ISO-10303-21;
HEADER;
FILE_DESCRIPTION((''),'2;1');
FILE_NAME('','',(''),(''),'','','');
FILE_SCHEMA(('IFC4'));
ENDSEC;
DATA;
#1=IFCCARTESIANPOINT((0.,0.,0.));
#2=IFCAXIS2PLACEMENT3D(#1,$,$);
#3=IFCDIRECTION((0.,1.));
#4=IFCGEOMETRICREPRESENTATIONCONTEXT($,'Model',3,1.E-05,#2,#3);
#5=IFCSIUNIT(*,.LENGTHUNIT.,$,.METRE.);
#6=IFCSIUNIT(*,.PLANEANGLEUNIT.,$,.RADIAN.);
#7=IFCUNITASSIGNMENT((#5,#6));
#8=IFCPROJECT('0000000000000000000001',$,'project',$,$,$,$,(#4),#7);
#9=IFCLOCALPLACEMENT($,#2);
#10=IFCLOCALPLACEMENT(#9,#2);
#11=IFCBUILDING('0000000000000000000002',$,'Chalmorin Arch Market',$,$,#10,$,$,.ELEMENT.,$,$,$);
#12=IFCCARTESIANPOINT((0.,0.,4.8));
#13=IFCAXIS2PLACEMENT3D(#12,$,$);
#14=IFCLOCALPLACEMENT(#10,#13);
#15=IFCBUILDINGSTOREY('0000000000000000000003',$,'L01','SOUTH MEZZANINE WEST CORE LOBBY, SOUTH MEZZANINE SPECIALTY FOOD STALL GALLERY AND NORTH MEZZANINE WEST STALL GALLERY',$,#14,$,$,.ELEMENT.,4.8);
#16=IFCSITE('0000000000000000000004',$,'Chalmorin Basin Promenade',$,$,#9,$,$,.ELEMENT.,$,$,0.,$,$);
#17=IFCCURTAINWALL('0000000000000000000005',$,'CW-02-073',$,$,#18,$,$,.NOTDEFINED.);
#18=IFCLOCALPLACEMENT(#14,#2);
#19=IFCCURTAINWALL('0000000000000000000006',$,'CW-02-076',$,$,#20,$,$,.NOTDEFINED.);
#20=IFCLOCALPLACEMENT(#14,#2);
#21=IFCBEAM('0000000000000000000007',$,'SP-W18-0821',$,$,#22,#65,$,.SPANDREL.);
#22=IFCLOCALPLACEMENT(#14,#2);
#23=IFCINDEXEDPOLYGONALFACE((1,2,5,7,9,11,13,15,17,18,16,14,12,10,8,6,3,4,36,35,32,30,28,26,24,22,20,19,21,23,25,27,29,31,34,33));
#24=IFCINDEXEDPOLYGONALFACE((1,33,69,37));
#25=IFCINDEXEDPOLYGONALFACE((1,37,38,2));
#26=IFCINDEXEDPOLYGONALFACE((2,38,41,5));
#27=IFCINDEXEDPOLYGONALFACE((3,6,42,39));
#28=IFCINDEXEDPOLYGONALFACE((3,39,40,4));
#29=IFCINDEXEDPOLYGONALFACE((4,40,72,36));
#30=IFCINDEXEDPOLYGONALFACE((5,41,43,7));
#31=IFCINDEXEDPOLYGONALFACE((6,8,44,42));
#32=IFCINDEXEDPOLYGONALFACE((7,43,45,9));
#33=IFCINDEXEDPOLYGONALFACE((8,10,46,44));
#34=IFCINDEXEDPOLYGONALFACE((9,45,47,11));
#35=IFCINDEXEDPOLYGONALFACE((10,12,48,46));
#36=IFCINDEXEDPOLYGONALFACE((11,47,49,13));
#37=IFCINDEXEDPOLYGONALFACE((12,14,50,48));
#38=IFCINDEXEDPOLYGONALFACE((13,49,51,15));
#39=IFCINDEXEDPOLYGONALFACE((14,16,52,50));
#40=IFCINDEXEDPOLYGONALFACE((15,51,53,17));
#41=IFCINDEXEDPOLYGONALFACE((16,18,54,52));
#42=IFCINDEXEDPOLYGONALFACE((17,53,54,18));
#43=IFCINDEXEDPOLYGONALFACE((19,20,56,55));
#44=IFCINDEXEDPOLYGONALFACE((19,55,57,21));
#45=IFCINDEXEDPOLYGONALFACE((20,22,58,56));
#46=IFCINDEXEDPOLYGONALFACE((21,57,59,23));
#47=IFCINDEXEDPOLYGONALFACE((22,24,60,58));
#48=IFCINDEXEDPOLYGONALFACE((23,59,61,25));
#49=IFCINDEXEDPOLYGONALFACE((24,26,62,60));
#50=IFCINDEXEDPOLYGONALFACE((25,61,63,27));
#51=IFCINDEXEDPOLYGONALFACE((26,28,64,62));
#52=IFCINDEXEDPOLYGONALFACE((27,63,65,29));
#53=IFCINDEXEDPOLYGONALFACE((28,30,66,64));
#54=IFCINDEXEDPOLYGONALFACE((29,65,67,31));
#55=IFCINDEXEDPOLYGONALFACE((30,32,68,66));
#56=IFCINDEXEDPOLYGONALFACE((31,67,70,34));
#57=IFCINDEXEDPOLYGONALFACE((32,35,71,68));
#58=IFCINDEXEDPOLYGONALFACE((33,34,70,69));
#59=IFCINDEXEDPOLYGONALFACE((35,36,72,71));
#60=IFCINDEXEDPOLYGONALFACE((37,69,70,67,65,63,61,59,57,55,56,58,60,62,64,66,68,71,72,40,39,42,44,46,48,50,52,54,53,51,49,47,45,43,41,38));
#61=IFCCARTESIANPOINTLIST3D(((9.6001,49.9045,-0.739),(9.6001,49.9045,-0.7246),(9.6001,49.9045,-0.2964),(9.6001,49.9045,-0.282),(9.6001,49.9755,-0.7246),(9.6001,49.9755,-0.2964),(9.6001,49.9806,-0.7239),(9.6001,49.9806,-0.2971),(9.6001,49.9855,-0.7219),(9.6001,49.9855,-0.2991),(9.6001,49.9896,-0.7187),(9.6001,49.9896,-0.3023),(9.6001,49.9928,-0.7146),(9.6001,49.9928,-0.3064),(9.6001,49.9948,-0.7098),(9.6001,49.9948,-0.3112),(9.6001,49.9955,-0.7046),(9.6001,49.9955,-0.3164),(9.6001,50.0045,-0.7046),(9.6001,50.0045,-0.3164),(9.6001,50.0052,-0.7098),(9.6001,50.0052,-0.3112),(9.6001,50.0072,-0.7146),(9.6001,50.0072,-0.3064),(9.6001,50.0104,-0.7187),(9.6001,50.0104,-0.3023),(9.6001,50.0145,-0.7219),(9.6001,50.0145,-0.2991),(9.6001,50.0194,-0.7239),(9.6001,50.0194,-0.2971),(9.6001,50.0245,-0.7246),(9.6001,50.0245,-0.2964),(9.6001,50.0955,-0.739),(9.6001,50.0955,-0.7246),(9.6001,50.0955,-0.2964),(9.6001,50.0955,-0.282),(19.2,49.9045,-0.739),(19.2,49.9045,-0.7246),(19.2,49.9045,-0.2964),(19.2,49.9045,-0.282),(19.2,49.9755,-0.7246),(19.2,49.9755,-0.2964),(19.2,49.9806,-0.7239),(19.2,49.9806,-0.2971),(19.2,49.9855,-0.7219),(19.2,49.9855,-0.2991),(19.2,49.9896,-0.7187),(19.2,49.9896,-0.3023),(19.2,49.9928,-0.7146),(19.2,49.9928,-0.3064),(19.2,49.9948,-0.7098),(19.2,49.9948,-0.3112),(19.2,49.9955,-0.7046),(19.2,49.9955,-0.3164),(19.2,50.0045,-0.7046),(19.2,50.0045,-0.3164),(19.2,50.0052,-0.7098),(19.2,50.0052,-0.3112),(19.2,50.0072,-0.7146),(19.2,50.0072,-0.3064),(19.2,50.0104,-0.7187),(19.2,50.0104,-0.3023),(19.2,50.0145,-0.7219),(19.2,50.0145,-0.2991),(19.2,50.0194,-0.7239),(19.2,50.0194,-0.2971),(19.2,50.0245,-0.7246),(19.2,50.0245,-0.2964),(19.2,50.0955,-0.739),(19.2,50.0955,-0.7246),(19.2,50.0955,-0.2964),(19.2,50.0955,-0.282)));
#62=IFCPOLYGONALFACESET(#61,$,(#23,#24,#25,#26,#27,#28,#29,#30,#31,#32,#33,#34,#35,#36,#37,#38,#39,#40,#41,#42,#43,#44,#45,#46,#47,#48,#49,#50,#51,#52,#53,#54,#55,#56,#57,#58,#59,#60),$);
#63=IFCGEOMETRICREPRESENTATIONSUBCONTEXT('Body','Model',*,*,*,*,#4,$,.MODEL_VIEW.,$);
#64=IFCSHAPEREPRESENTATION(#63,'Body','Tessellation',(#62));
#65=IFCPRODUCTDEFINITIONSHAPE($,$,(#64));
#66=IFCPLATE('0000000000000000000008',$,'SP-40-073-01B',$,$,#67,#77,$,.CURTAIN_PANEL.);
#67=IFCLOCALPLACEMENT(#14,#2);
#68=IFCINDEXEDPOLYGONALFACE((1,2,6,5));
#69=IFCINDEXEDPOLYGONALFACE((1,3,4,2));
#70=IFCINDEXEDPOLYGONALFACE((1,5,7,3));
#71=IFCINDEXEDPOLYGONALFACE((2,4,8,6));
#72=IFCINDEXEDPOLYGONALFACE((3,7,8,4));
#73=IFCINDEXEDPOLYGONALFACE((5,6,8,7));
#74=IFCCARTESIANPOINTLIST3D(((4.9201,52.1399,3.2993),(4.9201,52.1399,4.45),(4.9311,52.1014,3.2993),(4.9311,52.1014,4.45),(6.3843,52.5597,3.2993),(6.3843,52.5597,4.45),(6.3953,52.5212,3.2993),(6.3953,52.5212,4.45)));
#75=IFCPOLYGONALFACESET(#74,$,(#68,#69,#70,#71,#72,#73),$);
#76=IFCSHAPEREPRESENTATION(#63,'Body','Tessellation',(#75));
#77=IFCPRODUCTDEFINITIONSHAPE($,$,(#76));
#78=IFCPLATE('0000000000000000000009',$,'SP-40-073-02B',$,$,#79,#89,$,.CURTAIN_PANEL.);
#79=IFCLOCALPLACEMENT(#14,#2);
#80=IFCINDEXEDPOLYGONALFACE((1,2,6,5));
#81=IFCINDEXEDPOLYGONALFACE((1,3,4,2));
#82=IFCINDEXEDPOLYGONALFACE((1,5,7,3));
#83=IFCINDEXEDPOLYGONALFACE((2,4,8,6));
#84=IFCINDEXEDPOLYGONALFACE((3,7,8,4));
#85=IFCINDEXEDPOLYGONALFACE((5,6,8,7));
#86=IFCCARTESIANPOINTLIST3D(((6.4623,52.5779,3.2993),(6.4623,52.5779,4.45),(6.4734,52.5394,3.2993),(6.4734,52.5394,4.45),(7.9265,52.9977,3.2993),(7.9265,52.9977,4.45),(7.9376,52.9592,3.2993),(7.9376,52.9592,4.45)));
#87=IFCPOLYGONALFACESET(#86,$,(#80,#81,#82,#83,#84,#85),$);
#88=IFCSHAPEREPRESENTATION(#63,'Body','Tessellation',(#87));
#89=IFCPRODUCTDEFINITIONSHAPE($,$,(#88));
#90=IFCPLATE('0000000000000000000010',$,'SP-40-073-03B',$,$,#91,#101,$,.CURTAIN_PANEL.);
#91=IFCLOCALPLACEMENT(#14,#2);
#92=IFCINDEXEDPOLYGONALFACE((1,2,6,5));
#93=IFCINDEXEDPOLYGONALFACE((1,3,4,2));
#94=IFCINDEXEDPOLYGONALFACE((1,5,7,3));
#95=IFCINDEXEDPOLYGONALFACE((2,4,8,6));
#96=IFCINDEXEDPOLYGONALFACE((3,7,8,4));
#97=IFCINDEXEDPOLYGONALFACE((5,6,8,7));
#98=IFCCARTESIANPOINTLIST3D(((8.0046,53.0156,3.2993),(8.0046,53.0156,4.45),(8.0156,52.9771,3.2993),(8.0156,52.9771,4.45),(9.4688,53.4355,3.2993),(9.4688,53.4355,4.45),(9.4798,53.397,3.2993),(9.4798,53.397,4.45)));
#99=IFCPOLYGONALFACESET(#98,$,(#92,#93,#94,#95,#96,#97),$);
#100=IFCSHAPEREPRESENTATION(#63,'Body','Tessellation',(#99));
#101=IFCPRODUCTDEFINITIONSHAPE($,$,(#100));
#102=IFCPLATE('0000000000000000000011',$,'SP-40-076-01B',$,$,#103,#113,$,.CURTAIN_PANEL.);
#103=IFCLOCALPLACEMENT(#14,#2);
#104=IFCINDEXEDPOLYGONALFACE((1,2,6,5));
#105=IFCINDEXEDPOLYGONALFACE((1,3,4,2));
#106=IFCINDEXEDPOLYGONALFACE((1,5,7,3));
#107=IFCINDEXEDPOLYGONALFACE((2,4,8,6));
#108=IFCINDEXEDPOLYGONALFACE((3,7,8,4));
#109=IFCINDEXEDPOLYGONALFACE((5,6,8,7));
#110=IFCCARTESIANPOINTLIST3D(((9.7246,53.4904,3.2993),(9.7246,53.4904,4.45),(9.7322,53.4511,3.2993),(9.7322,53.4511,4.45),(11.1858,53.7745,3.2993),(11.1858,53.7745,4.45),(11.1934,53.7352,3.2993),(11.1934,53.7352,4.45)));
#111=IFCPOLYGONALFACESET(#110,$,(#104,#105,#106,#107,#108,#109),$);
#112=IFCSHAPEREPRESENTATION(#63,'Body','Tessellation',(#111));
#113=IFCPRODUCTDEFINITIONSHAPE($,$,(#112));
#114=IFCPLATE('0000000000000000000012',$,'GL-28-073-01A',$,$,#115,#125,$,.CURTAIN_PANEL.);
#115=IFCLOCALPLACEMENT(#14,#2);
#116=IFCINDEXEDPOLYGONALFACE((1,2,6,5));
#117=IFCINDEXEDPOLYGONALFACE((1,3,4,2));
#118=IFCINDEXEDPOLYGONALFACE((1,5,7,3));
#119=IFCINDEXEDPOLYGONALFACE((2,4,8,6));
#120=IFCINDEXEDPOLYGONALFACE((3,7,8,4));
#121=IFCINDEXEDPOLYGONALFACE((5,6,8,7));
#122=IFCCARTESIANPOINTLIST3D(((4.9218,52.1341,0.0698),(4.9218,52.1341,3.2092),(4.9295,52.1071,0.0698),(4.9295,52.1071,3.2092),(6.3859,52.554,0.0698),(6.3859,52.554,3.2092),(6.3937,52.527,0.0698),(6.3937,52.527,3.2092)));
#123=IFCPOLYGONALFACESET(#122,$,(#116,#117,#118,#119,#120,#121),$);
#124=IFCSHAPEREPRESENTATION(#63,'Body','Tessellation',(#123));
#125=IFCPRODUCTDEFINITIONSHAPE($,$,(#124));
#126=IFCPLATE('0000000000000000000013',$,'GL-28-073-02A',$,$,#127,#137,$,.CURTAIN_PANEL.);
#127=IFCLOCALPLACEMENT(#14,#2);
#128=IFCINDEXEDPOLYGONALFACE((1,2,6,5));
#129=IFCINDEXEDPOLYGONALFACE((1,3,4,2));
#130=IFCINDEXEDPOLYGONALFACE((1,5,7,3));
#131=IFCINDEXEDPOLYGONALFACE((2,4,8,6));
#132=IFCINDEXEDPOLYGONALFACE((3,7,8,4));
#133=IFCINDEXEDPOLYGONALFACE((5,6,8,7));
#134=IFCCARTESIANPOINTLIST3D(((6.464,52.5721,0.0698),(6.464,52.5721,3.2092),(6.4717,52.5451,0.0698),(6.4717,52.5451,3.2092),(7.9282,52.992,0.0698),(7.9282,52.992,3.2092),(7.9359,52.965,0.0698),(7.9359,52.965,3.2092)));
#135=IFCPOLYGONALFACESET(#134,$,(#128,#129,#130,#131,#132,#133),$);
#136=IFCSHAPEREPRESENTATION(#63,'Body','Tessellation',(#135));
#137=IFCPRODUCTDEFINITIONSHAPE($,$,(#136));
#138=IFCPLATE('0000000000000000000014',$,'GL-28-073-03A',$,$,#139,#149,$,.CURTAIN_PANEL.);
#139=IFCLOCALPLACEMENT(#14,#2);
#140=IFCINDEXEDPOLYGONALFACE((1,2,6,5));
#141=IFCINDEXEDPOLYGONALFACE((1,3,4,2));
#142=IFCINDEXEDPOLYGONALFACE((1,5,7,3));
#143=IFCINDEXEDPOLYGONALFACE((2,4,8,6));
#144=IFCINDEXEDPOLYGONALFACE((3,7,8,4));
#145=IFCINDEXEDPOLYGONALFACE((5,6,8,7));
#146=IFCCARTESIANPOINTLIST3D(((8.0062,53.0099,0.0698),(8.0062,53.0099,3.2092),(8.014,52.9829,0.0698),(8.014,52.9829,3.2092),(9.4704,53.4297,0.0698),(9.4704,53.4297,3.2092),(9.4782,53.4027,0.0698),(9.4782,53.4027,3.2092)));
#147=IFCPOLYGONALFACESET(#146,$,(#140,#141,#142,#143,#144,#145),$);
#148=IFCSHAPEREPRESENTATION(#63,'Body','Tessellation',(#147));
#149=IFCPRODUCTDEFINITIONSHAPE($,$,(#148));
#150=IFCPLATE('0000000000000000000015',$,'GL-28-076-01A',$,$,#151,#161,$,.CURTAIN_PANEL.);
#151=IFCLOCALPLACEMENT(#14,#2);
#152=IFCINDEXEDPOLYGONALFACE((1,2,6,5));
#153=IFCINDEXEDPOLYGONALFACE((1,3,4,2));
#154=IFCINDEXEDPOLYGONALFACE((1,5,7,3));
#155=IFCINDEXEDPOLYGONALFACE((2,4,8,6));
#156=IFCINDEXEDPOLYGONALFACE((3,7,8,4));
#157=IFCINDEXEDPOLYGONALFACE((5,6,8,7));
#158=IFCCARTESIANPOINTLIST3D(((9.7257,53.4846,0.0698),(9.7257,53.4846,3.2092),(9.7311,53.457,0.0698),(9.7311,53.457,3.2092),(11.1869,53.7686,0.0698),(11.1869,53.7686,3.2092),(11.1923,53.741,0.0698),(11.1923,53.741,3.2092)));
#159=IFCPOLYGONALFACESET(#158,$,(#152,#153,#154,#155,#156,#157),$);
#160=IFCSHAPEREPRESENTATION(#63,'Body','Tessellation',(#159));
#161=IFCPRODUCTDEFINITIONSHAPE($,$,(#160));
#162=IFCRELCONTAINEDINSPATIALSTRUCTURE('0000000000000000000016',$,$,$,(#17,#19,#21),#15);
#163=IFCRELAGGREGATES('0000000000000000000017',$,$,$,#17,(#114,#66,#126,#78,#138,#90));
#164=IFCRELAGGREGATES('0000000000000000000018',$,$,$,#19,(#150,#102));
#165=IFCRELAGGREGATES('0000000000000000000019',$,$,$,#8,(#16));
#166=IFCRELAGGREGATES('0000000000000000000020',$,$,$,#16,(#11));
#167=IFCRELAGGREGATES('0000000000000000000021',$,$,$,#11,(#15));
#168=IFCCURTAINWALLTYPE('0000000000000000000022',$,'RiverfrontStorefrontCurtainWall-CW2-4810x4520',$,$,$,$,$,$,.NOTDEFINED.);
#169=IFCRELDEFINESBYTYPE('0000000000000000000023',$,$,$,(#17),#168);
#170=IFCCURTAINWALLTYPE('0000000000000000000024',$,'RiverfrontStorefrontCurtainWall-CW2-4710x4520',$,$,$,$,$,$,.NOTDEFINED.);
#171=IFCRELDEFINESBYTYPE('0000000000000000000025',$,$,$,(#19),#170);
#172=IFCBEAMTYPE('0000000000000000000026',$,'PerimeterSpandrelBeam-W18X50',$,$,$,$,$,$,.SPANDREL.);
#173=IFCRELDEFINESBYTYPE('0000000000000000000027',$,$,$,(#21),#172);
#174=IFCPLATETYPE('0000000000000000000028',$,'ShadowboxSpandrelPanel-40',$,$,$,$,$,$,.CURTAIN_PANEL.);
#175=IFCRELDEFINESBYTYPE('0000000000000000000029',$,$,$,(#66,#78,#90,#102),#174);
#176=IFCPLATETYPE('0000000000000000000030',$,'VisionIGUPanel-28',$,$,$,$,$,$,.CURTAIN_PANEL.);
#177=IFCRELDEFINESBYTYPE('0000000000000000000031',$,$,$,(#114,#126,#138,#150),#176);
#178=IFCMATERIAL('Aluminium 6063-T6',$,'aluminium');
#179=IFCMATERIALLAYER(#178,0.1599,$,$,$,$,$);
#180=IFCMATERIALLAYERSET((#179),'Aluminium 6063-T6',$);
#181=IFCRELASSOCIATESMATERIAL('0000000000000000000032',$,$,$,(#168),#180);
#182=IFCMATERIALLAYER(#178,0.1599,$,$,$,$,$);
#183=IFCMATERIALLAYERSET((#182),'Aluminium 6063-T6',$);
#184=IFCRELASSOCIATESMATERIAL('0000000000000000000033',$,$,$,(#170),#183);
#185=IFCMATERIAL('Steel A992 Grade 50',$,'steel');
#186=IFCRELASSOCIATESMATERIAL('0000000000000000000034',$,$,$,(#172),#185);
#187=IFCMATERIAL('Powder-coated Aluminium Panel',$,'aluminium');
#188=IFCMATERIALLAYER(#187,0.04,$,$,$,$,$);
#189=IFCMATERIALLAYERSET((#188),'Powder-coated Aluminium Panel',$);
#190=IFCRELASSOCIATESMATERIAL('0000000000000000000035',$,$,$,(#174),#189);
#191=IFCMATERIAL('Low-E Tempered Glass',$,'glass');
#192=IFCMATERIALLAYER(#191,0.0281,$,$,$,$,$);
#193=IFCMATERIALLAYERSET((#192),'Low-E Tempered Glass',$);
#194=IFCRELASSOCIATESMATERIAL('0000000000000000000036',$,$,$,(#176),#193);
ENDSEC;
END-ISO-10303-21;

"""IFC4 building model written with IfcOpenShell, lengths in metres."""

from ifc_helpers import new_model, si_unit, direction, frame, origin, origin_2d, place, context, subcontext, project, spatial, rectangle, i_section, extrude, material, layer, layer_set, material_profile, profile_set, type_object, element, aggregate, save


model = new_model("IFC4")

# Units and contexts
model_context = context("Model", 3, precision=1e-05, world=origin(), true_north=direction((0.0, 1.0)))
body_context = subcontext(model_context, "Body", "Model", "MODEL_VIEW")
ifc_project = project(units=[si_unit("LENGTHUNIT", "METRE"), si_unit("PLANEANGLEUNIT", "RADIAN")], contexts=[model_context])

# Site, building, storey
site_placement = place(None, origin())
site = spatial("IfcSite", under=ifc_project, at=site_placement, Name="Chalmorin Basin Promenade", CompositionType="ELEMENT", RefElevation=0.0)
building_placement = place(site_placement, origin())
building = spatial("IfcBuilding", under=site, at=building_placement, Name="Chalmorin Arch Market", CompositionType="ELEMENT")
storey_placement = place(building_placement, frame((0.0, 0.0, 4.8)))
storey = spatial("IfcBuildingStorey", under=building, at=storey_placement, Name="L01", Description="SOUTH MEZZANINE WEST CORE LOBBY, SOUTH MEZZANINE SPECIALTY FOOD STALL GALLERY AND NORTH MEZZANINE WEST STALL GALLERY", CompositionType="ELEMENT", Elevation=4.8)

# Curtain walls
ifc_material_1 = material(Name="Aluminium 6063-T6", Category="aluminium")
ifc_layer_1 = layer(ifc_material_1, 0.1599)
ifc_layer_set_1 = layer_set([ifc_layer_1], Name="Aluminium 6063-T6")
curtain_wall_type_1 = type_object("IfcCurtainWallType", Name="RiverfrontStorefrontCurtainWall-CW2-4810x4520", PredefinedType="NOTDEFINED", material=ifc_layer_set_1)
curtain_wall_1_placement = place(storey_placement, origin())
curtain_wall_1 = element("IfcCurtainWall", 1, at=curtain_wall_1_placement, inside=storey, type_object=curtain_wall_type_1, Name="CW-02-073", PredefinedType="NOTDEFINED")
ifc_layer_2 = layer(ifc_material_1, 0.1599)
ifc_layer_set_2 = layer_set([ifc_layer_2], Name="Aluminium 6063-T6")
curtain_wall_type_2 = type_object("IfcCurtainWallType", Name="RiverfrontStorefrontCurtainWall-CW2-4710x4520", PredefinedType="NOTDEFINED", material=ifc_layer_set_2)
curtain_wall_2_placement = place(storey_placement, origin())
curtain_wall_2 = element("IfcCurtainWall", 2, at=curtain_wall_2_placement, inside=storey, type_object=curtain_wall_type_2, Name="CW-02-076", PredefinedType="NOTDEFINED")

# Beam
ifc_material_2 = material(Name="Steel A992 Grade 50", Category="steel")
ifc_material_profile_1 = material_profile(ifc_material_2, i_section(OverallWidth=0.1909, OverallDepth=0.457, WebThickness=0.009, FlangeThickness=0.0144, FilletRadius=0.02, at=origin_2d()), Name="W18X50")
ifc_profile_set_1 = profile_set([ifc_material_profile_1], Name="Steel A992 Grade 50")
beam_type = type_object("IfcBeamType", Name="PerimeterSpandrelBeam-W18X50", PredefinedType="SPANDREL", material=ifc_profile_set_1)
beam_placement = place(storey_placement, frame((9.6001, 50.0, -0.5105), z_axis=(1.0, 0.0, 0.0), x_axis=(0.0, 1.0, 0.0)))
element("IfcBeam", 3, at=beam_placement, inside=storey, type_object=beam_type, Name="SP-W18-0821", PredefinedType="SPANDREL", context=body_context, shape_type="SweptSolid", body=[
    extrude(i_section(OverallWidth=0.1909, OverallDepth=0.457, WebThickness=0.009, FlangeThickness=0.0144, FilletRadius=0.02, at=origin_2d()), origin(), (0.0, 0.0, 1.0), 9.5999),
])

# Plates
ifc_material_3 = material(Name="Powder-coated Aluminium Panel", Category="aluminium")
ifc_layer_3 = layer(ifc_material_3, 0.04)
ifc_layer_set_3 = layer_set([ifc_layer_3], Name="Powder-coated Aluminium Panel")
plate_type_1 = type_object("IfcPlateType", Name="ShadowboxSpandrelPanel-40", PredefinedType="CURTAIN_PANEL", material=ifc_layer_set_3)
plate_1_placement = place(storey_placement, frame((5.6577, 52.3306, 3.2993), z_axis=(0.0, 0.0, 1.0), x_axis=(0.961262, 0.275637, 0.0)))
plate_1 = element("IfcPlate", 4, at=plate_1_placement, type_object=plate_type_1, Name="SP-40-073-01B", PredefinedType="CURTAIN_PANEL", context=body_context, shape_type="SweptSolid", body=[
    extrude(rectangle(XDim=1.5232, YDim=0.04, at=origin_2d()), origin(), (0.0, 0.0, 1.0), 1.1506),
])
plate_2_placement = place(storey_placement, frame((7.2, 52.7686, 3.2993), z_axis=(0.0, 0.0, 1.0), x_axis=(0.961262, 0.275637, 0.0)))
plate_2 = element("IfcPlate", 5, at=plate_2_placement, type_object=plate_type_1, Name="SP-40-073-02B", PredefinedType="CURTAIN_PANEL", context=body_context, shape_type="SweptSolid", body=[
    extrude(rectangle(XDim=1.5232, YDim=0.04, at=origin_2d()), origin(), (0.0, 0.0, 1.0), 1.1506),
])
plate_3_placement = place(storey_placement, frame((8.7422, 53.2063, 3.2993), z_axis=(0.0, 0.0, 1.0), x_axis=(0.961262, 0.275637, 0.0)))
plate_3 = element("IfcPlate", 6, at=plate_3_placement, type_object=plate_type_1, Name="SP-40-073-03B", PredefinedType="CURTAIN_PANEL", context=body_context, shape_type="SweptSolid", body=[
    extrude(rectangle(XDim=1.5232, YDim=0.04, at=origin_2d()), origin(), (0.0, 0.0, 1.0), 1.1506),
])
plate_4_placement = place(storey_placement, frame((10.459, 53.6128, 3.2993), z_axis=(0.0, 0.0, 1.0), x_axis=(0.981627, 0.190809, 0.0)))
plate_4 = element("IfcPlate", 7, at=plate_4_placement, type_object=plate_type_1, Name="SP-40-076-01B", PredefinedType="CURTAIN_PANEL", context=body_context, shape_type="SweptSolid", body=[
    extrude(rectangle(XDim=1.4885, YDim=0.04, at=origin_2d()), origin(), (0.0, 0.0, 1.0), 1.1506),
])
ifc_material_4 = material(Name="Low-E Tempered Glass", Category="glass")
ifc_layer_4 = layer(ifc_material_4, 0.0281)
ifc_layer_set_4 = layer_set([ifc_layer_4], Name="Low-E Tempered Glass")
plate_type_2 = type_object("IfcPlateType", Name="VisionIGUPanel-28", PredefinedType="CURTAIN_PANEL", material=ifc_layer_set_4)
plate_5_placement = place(storey_placement, frame((5.6577, 52.3306, 0.0698), z_axis=(0.0, 0.0, 1.0), x_axis=(0.961262, 0.275637, 0.0)))
plate_5 = element("IfcPlate", 8, at=plate_5_placement, type_object=plate_type_2, Name="GL-28-073-01A", PredefinedType="CURTAIN_PANEL", context=body_context, shape_type="SweptSolid", body=[
    extrude(rectangle(XDim=1.5232, YDim=0.0281, at=origin_2d()), origin(), (0.0, 0.0, 1.0), 3.1394),
])
plate_6_placement = place(storey_placement, frame((7.2, 52.7686, 0.0698), z_axis=(0.0, 0.0, 1.0), x_axis=(0.961262, 0.275637, 0.0)))
plate_6 = element("IfcPlate", 9, at=plate_6_placement, type_object=plate_type_2, Name="GL-28-073-02A", PredefinedType="CURTAIN_PANEL", context=body_context, shape_type="SweptSolid", body=[
    extrude(rectangle(XDim=1.5232, YDim=0.0281, at=origin_2d()), origin(), (0.0, 0.0, 1.0), 3.1394),
])
plate_7_placement = place(storey_placement, frame((8.7422, 53.2063, 0.0698), z_axis=(0.0, 0.0, 1.0), x_axis=(0.961262, 0.275637, 0.0)))
plate_7 = element("IfcPlate", 10, at=plate_7_placement, type_object=plate_type_2, Name="GL-28-073-03A", PredefinedType="CURTAIN_PANEL", context=body_context, shape_type="SweptSolid", body=[
    extrude(rectangle(XDim=1.5232, YDim=0.0281, at=origin_2d()), origin(), (0.0, 0.0, 1.0), 3.1394),
])
aggregate(curtain_wall_1, [plate_5, plate_1, plate_6, plate_2, plate_7, plate_3])
plate_8_placement = place(storey_placement, frame((10.459, 53.6128, 0.0698), z_axis=(0.0, 0.0, 1.0), x_axis=(0.981627, 0.190809, 0.0)))
plate_8 = element("IfcPlate", 11, at=plate_8_placement, type_object=plate_type_2, Name="GL-28-076-01A", PredefinedType="CURTAIN_PANEL", context=body_context, shape_type="SweptSolid", body=[
    extrude(rectangle(XDim=1.4885, YDim=0.0281, at=origin_2d()), origin(), (0.0, 0.0, 1.0), 3.1394),
])
aggregate(curtain_wall_2, [plate_8, plate_4])

save(model, "model.ifc")
